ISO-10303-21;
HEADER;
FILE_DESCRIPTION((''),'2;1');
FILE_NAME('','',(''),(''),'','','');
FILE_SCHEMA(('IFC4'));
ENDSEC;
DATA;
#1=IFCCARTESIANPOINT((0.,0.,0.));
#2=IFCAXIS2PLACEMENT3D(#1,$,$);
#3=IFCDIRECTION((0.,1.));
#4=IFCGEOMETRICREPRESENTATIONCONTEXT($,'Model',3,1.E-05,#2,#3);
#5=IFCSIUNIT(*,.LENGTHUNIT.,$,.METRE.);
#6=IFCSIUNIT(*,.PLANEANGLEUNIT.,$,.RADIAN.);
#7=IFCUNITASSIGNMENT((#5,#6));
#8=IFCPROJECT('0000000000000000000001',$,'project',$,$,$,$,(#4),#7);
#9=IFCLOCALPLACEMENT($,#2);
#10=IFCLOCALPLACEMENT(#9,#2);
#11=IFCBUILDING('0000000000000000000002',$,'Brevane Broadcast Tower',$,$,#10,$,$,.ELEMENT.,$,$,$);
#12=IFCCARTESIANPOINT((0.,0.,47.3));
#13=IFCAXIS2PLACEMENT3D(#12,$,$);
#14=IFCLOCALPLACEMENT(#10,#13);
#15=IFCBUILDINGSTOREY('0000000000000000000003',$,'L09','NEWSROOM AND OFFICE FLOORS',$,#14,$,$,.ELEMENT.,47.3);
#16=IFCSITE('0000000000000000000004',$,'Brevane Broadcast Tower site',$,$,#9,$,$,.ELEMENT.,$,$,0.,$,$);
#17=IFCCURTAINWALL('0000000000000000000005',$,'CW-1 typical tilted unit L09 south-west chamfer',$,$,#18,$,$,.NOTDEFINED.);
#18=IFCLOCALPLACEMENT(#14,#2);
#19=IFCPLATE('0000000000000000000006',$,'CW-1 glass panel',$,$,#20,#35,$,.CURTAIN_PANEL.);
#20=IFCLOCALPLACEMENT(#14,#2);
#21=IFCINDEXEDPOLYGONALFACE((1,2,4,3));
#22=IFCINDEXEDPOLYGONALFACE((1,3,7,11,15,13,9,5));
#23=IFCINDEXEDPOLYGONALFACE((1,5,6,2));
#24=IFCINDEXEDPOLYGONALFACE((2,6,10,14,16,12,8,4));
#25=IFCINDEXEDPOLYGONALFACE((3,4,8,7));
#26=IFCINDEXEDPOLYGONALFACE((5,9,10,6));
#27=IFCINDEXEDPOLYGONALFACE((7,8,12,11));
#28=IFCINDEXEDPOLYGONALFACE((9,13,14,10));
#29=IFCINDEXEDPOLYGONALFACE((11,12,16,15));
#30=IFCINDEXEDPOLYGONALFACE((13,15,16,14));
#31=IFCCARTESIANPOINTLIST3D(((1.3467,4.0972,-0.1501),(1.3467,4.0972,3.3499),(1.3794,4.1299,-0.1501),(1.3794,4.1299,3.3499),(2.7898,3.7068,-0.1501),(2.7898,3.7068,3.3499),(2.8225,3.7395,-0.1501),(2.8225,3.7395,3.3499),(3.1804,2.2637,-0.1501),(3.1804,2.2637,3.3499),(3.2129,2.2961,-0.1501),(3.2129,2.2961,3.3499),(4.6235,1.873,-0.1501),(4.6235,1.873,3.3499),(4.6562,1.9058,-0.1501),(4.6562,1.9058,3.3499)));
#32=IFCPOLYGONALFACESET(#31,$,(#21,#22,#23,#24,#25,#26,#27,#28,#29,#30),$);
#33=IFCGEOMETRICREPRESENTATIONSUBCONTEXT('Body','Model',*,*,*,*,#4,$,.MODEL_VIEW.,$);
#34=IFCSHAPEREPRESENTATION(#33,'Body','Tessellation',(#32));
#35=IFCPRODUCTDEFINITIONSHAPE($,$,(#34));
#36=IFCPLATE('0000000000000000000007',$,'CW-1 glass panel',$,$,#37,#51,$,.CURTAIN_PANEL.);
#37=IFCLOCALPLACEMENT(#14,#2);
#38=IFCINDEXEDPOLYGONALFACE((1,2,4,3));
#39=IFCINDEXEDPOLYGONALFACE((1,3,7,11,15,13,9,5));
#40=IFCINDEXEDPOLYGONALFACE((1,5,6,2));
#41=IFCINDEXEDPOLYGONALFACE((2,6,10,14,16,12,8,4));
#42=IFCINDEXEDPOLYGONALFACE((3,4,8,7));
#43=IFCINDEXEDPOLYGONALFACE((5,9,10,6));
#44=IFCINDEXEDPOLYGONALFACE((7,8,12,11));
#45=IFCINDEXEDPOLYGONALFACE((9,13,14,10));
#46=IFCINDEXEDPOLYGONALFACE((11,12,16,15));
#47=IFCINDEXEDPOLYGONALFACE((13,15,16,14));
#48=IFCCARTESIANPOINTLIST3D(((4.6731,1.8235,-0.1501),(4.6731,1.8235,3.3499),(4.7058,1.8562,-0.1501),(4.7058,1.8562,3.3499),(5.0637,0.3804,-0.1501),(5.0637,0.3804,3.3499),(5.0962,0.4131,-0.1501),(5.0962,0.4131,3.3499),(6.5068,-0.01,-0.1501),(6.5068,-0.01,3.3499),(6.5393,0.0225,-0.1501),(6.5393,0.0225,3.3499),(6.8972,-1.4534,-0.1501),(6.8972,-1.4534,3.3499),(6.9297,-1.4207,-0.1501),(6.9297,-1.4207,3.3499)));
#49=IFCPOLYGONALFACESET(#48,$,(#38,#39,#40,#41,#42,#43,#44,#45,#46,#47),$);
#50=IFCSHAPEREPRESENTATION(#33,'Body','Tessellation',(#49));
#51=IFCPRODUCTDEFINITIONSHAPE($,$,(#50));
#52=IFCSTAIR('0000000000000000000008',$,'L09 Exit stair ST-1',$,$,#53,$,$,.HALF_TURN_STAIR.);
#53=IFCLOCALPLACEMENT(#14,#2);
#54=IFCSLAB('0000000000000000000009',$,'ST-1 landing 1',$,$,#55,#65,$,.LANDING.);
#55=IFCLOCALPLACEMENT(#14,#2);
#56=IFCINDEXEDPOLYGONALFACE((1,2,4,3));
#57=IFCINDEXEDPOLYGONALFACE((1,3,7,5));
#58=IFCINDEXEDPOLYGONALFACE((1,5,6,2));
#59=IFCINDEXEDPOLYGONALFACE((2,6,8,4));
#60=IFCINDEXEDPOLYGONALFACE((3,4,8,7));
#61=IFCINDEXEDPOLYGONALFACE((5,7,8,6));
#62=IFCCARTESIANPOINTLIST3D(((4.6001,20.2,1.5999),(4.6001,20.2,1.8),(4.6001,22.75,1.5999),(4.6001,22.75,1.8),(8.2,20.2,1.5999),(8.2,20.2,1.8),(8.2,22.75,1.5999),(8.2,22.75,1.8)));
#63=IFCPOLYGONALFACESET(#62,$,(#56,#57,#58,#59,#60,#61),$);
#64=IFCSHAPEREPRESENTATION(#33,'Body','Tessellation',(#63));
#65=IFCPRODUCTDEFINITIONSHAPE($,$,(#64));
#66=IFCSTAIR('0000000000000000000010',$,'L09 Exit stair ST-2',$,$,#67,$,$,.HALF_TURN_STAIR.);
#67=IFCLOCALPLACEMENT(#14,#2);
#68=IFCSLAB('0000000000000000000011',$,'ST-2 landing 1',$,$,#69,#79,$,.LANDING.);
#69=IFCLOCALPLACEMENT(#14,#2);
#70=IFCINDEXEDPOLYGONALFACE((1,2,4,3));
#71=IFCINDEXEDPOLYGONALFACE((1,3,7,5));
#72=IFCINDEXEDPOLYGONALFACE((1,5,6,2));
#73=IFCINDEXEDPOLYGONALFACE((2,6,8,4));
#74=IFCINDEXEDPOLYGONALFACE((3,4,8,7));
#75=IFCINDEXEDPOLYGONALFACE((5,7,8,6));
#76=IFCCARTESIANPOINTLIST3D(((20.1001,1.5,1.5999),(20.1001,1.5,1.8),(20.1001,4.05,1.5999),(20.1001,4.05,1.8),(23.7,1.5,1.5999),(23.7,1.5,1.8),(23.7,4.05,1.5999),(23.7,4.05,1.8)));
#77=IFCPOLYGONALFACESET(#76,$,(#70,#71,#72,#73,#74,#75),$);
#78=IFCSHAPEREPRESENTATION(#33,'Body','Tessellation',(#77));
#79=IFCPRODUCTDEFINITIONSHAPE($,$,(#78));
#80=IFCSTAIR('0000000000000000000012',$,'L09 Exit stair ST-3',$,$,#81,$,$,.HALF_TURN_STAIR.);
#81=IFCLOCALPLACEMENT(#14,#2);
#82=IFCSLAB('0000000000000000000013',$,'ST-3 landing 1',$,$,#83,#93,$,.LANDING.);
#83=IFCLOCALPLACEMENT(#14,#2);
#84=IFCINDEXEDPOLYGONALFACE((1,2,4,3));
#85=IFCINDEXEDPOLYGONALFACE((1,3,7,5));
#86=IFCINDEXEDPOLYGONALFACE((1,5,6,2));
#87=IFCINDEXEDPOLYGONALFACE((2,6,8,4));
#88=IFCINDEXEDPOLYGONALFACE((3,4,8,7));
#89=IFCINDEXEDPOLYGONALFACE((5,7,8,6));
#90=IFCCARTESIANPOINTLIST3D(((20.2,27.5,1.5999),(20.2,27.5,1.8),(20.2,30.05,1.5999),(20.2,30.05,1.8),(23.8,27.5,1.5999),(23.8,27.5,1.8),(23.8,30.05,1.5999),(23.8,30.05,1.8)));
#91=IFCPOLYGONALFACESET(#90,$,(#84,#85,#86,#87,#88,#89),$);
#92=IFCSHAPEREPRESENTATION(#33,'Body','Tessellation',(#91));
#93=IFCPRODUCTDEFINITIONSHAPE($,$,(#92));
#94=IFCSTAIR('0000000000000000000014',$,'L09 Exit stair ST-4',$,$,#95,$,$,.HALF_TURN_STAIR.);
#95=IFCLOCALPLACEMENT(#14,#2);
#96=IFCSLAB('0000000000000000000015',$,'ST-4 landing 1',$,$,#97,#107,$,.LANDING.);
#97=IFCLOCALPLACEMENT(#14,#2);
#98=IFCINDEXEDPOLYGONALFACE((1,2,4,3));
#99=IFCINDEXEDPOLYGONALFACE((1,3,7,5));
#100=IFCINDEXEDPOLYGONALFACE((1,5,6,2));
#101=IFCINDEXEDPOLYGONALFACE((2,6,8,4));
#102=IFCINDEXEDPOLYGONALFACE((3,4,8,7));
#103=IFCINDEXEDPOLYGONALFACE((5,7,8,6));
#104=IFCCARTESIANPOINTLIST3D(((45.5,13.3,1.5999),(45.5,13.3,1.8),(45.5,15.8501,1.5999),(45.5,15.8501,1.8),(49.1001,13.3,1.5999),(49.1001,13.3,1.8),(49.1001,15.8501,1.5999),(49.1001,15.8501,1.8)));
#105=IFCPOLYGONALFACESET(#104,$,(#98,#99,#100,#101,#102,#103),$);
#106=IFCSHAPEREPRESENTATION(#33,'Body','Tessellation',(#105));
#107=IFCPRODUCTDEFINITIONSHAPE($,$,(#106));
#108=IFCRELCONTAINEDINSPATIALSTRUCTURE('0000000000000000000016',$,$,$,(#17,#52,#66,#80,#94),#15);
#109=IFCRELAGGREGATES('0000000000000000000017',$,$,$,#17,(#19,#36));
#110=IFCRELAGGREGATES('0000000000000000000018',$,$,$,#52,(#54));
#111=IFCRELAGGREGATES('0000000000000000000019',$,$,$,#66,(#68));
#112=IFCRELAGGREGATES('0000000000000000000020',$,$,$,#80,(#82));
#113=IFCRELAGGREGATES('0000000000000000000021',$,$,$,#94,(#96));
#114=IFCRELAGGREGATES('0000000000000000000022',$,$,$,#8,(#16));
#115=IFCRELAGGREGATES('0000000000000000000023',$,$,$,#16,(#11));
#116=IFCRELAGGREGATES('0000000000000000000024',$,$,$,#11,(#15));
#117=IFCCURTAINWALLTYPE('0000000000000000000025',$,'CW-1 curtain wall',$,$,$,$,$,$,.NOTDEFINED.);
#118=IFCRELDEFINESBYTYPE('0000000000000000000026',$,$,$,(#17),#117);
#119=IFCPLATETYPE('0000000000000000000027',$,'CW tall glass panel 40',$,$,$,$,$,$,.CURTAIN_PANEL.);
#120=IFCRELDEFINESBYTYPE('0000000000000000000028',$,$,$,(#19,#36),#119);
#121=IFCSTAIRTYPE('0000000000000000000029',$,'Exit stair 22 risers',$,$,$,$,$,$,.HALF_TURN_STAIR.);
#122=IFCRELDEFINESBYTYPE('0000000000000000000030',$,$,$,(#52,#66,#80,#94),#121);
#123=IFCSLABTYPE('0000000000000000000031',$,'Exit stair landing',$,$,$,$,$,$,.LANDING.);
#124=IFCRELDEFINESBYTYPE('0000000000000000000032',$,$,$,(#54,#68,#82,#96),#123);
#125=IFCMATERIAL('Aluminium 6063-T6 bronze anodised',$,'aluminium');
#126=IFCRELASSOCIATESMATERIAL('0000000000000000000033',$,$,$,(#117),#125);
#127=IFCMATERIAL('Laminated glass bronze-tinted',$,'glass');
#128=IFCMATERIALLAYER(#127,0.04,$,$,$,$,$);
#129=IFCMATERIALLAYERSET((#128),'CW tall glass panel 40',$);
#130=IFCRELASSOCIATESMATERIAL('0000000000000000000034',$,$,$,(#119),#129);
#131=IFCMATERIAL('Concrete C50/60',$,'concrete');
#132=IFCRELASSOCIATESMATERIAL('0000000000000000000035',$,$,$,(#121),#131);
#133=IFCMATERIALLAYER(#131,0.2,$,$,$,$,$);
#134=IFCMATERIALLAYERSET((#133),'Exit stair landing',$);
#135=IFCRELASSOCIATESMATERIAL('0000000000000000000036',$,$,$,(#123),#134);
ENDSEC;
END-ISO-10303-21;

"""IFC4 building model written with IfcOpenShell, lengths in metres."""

from ifc_helpers import new_model, si_unit, direction, frame, origin, place, context, subcontext, project, spatial, polyline, outline, extrude, material, layer, layer_set, type_object, element, aggregate, save


model = new_model("IFC4")

# Units and contexts
model_context = context("Model", 3, precision=1e-05, world=origin(), true_north=direction((0.0, 1.0)))
body_context = subcontext(model_context, "Body", "Model", "MODEL_VIEW")
ifc_project = project(units=[si_unit("LENGTHUNIT", "METRE"), si_unit("PLANEANGLEUNIT", "RADIAN")], contexts=[model_context])

# Site, building, storey
site_placement = place(None, origin())
site = spatial("IfcSite", under=ifc_project, at=site_placement, Name="Brevane Broadcast Tower site", CompositionType="ELEMENT", RefElevation=0.0)
building_placement = place(site_placement, origin())
building = spatial("IfcBuilding", under=site, at=building_placement, Name="Brevane Broadcast Tower", CompositionType="ELEMENT")
storey_placement = place(building_placement, frame((0.0, 0.0, 47.3)))
storey = spatial("IfcBuildingStorey", under=building, at=storey_placement, Name="L09", Description="NEWSROOM AND OFFICE FLOORS", CompositionType="ELEMENT", Elevation=47.3)

# Curtain wall, plates
ifc_material_1 = material(Name="Aluminium 6063-T6 bronze anodised", Category="aluminium")
curtain_wall_type = type_object("IfcCurtainWallType", Name="CW-1 curtain wall", PredefinedType="NOTDEFINED", material=ifc_material_1)
ifc_material_2 = material(Name="Laminated glass bronze-tinted", Category="glass")
ifc_layer_1 = layer(ifc_material_2, 0.04)
ifc_layer_set_1 = layer_set([ifc_layer_1], Name="CW tall glass panel 40")
plate_type = type_object("IfcPlateType", Name="CW tall glass panel 40", PredefinedType="CURTAIN_PANEL", material=ifc_layer_set_1)
curtain_wall_1_placement = place(storey_placement, origin())
curtain_wall_1 = element("IfcCurtainWall", 1, at=curtain_wall_1_placement, inside=storey, type_object=curtain_wall_type, Name="CW-1 typical tilted unit L09 south-west chamfer", PredefinedType="NOTDEFINED")
plate_1_placement = place(storey_placement, frame((0.0, 0.0, -0.1501)))
plate_1 = element("IfcPlate", 2, at=plate_1_placement, type_object=plate_type, Name="CW-1 glass panel", PredefinedType="CURTAIN_PANEL", context=body_context, shape_type="SweptSolid", body=[
    extrude(outline(polyline([(1.3794, 4.1299), (1.3467, 4.0972), (2.7898, 3.7068), (3.1804, 2.2637), (4.6235, 1.873), (4.6562, 1.9058), (3.2129, 2.2961), (2.8225, 3.7395), (1.3794, 4.1299)])), origin(), (0.0, 0.0, 1.0), 3.5),
])
plate_2_placement = place(storey_placement, frame((0.0, 0.0, -0.1501)))
plate_2 = element("IfcPlate", 3, at=plate_2_placement, type_object=plate_type, Name="CW-1 glass panel", PredefinedType="CURTAIN_PANEL", context=body_context, shape_type="SweptSolid", body=[
    extrude(outline(polyline([(4.7058, 1.8562), (4.6731, 1.8235), (5.0637, 0.3804), (6.5068, -0.01), (6.8972, -1.4534), (6.9297, -1.4207), (6.5393, 0.0225), (5.0962, 0.4131), (4.7058, 1.8562)])), origin(), (0.0, 0.0, 1.0), 3.5),
])
aggregate(curtain_wall_1, [plate_1, plate_2])

# Stairs, slabs
ifc_material_3 = material(Name="Concrete C50/60", Category="concrete")
stair_type = type_object("IfcStairType", Name="Exit stair 22 risers", PredefinedType="HALF_TURN_STAIR", material=ifc_material_3)
stair_1_placement = place(storey_placement, origin())
stair_1 = element("IfcStair", 4, at=stair_1_placement, inside=storey, type_object=stair_type, Name="L09 Exit stair ST-1", PredefinedType="HALF_TURN_STAIR")
ifc_layer_2 = layer(ifc_material_3, 0.2)
ifc_layer_set_2 = layer_set([ifc_layer_2], Name="Exit stair landing")
slab_type_1 = type_object("IfcSlabType", Name="Exit stair landing", PredefinedType="LANDING", material=ifc_layer_set_2)
slab_1_placement = place(storey_placement, frame((0.0, 0.0, 1.5999)))
slab_1 = element("IfcSlab", 5, at=slab_1_placement, type_object=slab_type_1, Name="ST-1 landing 1", PredefinedType="LANDING", context=body_context, shape_type="SweptSolid", body=[
    extrude(outline(polyline([(4.6001, 20.2), (8.2, 20.2), (8.2, 22.75), (4.6001, 22.75), (4.6001, 20.2)])), origin(), (0.0, 0.0, 1.0), 0.2002),
])
aggregate(stair_1, [slab_1])
stair_2_placement = place(storey_placement, origin())
stair_2 = element("IfcStair", 6, at=stair_2_placement, inside=storey, type_object=stair_type, Name="L09 Exit stair ST-2", PredefinedType="HALF_TURN_STAIR")
slab_2_placement = place(storey_placement, frame((0.0, 0.0, 1.5999)))
slab_2 = element("IfcSlab", 7, at=slab_2_placement, type_object=slab_type_1, Name="ST-2 landing 1", PredefinedType="LANDING", context=body_context, shape_type="SweptSolid", body=[
    extrude(outline(polyline([(20.1001, 1.5), (23.7, 1.5), (23.7, 4.05), (20.1001, 4.05), (20.1001, 1.5)])), origin(), (0.0, 0.0, 1.0), 0.2002),
])
aggregate(stair_2, [slab_2])
stair_3_placement = place(storey_placement, origin())
stair_3 = element("IfcStair", 8, at=stair_3_placement, inside=storey, type_object=stair_type, Name="L09 Exit stair ST-3", PredefinedType="HALF_TURN_STAIR")
slab_3_placement = place(storey_placement, frame((0.0, 0.0, 1.5999)))
slab_3 = element("IfcSlab", 9, at=slab_3_placement, type_object=slab_type_1, Name="ST-3 landing 1", PredefinedType="LANDING", context=body_context, shape_type="SweptSolid", body=[
    extrude(outline(polyline([(20.2, 27.5), (23.8, 27.5), (23.8, 30.05), (20.2, 30.05), (20.2, 27.5)])), origin(), (0.0, 0.0, 1.0), 0.2002),
])
aggregate(stair_3, [slab_3])
stair_4_placement = place(storey_placement, origin())
stair_4 = element("IfcStair", 10, at=stair_4_placement, inside=storey, type_object=stair_type, Name="L09 Exit stair ST-4", PredefinedType="HALF_TURN_STAIR")
slab_4_placement = place(storey_placement, frame((0.0, 0.0, 1.5999)))
slab_4 = element("IfcSlab", 11, at=slab_4_placement, type_object=slab_type_1, Name="ST-4 landing 1", PredefinedType="LANDING", context=body_context, shape_type="SweptSolid", body=[
    extrude(outline(polyline([(45.5, 13.3), (49.1001, 13.3), (49.1001, 15.8501), (45.5, 15.8501), (45.5, 13.3)])), origin(), (0.0, 0.0, 1.0), 0.2002),
])
aggregate(stair_4, [slab_4])

save(model, "model.ifc")
